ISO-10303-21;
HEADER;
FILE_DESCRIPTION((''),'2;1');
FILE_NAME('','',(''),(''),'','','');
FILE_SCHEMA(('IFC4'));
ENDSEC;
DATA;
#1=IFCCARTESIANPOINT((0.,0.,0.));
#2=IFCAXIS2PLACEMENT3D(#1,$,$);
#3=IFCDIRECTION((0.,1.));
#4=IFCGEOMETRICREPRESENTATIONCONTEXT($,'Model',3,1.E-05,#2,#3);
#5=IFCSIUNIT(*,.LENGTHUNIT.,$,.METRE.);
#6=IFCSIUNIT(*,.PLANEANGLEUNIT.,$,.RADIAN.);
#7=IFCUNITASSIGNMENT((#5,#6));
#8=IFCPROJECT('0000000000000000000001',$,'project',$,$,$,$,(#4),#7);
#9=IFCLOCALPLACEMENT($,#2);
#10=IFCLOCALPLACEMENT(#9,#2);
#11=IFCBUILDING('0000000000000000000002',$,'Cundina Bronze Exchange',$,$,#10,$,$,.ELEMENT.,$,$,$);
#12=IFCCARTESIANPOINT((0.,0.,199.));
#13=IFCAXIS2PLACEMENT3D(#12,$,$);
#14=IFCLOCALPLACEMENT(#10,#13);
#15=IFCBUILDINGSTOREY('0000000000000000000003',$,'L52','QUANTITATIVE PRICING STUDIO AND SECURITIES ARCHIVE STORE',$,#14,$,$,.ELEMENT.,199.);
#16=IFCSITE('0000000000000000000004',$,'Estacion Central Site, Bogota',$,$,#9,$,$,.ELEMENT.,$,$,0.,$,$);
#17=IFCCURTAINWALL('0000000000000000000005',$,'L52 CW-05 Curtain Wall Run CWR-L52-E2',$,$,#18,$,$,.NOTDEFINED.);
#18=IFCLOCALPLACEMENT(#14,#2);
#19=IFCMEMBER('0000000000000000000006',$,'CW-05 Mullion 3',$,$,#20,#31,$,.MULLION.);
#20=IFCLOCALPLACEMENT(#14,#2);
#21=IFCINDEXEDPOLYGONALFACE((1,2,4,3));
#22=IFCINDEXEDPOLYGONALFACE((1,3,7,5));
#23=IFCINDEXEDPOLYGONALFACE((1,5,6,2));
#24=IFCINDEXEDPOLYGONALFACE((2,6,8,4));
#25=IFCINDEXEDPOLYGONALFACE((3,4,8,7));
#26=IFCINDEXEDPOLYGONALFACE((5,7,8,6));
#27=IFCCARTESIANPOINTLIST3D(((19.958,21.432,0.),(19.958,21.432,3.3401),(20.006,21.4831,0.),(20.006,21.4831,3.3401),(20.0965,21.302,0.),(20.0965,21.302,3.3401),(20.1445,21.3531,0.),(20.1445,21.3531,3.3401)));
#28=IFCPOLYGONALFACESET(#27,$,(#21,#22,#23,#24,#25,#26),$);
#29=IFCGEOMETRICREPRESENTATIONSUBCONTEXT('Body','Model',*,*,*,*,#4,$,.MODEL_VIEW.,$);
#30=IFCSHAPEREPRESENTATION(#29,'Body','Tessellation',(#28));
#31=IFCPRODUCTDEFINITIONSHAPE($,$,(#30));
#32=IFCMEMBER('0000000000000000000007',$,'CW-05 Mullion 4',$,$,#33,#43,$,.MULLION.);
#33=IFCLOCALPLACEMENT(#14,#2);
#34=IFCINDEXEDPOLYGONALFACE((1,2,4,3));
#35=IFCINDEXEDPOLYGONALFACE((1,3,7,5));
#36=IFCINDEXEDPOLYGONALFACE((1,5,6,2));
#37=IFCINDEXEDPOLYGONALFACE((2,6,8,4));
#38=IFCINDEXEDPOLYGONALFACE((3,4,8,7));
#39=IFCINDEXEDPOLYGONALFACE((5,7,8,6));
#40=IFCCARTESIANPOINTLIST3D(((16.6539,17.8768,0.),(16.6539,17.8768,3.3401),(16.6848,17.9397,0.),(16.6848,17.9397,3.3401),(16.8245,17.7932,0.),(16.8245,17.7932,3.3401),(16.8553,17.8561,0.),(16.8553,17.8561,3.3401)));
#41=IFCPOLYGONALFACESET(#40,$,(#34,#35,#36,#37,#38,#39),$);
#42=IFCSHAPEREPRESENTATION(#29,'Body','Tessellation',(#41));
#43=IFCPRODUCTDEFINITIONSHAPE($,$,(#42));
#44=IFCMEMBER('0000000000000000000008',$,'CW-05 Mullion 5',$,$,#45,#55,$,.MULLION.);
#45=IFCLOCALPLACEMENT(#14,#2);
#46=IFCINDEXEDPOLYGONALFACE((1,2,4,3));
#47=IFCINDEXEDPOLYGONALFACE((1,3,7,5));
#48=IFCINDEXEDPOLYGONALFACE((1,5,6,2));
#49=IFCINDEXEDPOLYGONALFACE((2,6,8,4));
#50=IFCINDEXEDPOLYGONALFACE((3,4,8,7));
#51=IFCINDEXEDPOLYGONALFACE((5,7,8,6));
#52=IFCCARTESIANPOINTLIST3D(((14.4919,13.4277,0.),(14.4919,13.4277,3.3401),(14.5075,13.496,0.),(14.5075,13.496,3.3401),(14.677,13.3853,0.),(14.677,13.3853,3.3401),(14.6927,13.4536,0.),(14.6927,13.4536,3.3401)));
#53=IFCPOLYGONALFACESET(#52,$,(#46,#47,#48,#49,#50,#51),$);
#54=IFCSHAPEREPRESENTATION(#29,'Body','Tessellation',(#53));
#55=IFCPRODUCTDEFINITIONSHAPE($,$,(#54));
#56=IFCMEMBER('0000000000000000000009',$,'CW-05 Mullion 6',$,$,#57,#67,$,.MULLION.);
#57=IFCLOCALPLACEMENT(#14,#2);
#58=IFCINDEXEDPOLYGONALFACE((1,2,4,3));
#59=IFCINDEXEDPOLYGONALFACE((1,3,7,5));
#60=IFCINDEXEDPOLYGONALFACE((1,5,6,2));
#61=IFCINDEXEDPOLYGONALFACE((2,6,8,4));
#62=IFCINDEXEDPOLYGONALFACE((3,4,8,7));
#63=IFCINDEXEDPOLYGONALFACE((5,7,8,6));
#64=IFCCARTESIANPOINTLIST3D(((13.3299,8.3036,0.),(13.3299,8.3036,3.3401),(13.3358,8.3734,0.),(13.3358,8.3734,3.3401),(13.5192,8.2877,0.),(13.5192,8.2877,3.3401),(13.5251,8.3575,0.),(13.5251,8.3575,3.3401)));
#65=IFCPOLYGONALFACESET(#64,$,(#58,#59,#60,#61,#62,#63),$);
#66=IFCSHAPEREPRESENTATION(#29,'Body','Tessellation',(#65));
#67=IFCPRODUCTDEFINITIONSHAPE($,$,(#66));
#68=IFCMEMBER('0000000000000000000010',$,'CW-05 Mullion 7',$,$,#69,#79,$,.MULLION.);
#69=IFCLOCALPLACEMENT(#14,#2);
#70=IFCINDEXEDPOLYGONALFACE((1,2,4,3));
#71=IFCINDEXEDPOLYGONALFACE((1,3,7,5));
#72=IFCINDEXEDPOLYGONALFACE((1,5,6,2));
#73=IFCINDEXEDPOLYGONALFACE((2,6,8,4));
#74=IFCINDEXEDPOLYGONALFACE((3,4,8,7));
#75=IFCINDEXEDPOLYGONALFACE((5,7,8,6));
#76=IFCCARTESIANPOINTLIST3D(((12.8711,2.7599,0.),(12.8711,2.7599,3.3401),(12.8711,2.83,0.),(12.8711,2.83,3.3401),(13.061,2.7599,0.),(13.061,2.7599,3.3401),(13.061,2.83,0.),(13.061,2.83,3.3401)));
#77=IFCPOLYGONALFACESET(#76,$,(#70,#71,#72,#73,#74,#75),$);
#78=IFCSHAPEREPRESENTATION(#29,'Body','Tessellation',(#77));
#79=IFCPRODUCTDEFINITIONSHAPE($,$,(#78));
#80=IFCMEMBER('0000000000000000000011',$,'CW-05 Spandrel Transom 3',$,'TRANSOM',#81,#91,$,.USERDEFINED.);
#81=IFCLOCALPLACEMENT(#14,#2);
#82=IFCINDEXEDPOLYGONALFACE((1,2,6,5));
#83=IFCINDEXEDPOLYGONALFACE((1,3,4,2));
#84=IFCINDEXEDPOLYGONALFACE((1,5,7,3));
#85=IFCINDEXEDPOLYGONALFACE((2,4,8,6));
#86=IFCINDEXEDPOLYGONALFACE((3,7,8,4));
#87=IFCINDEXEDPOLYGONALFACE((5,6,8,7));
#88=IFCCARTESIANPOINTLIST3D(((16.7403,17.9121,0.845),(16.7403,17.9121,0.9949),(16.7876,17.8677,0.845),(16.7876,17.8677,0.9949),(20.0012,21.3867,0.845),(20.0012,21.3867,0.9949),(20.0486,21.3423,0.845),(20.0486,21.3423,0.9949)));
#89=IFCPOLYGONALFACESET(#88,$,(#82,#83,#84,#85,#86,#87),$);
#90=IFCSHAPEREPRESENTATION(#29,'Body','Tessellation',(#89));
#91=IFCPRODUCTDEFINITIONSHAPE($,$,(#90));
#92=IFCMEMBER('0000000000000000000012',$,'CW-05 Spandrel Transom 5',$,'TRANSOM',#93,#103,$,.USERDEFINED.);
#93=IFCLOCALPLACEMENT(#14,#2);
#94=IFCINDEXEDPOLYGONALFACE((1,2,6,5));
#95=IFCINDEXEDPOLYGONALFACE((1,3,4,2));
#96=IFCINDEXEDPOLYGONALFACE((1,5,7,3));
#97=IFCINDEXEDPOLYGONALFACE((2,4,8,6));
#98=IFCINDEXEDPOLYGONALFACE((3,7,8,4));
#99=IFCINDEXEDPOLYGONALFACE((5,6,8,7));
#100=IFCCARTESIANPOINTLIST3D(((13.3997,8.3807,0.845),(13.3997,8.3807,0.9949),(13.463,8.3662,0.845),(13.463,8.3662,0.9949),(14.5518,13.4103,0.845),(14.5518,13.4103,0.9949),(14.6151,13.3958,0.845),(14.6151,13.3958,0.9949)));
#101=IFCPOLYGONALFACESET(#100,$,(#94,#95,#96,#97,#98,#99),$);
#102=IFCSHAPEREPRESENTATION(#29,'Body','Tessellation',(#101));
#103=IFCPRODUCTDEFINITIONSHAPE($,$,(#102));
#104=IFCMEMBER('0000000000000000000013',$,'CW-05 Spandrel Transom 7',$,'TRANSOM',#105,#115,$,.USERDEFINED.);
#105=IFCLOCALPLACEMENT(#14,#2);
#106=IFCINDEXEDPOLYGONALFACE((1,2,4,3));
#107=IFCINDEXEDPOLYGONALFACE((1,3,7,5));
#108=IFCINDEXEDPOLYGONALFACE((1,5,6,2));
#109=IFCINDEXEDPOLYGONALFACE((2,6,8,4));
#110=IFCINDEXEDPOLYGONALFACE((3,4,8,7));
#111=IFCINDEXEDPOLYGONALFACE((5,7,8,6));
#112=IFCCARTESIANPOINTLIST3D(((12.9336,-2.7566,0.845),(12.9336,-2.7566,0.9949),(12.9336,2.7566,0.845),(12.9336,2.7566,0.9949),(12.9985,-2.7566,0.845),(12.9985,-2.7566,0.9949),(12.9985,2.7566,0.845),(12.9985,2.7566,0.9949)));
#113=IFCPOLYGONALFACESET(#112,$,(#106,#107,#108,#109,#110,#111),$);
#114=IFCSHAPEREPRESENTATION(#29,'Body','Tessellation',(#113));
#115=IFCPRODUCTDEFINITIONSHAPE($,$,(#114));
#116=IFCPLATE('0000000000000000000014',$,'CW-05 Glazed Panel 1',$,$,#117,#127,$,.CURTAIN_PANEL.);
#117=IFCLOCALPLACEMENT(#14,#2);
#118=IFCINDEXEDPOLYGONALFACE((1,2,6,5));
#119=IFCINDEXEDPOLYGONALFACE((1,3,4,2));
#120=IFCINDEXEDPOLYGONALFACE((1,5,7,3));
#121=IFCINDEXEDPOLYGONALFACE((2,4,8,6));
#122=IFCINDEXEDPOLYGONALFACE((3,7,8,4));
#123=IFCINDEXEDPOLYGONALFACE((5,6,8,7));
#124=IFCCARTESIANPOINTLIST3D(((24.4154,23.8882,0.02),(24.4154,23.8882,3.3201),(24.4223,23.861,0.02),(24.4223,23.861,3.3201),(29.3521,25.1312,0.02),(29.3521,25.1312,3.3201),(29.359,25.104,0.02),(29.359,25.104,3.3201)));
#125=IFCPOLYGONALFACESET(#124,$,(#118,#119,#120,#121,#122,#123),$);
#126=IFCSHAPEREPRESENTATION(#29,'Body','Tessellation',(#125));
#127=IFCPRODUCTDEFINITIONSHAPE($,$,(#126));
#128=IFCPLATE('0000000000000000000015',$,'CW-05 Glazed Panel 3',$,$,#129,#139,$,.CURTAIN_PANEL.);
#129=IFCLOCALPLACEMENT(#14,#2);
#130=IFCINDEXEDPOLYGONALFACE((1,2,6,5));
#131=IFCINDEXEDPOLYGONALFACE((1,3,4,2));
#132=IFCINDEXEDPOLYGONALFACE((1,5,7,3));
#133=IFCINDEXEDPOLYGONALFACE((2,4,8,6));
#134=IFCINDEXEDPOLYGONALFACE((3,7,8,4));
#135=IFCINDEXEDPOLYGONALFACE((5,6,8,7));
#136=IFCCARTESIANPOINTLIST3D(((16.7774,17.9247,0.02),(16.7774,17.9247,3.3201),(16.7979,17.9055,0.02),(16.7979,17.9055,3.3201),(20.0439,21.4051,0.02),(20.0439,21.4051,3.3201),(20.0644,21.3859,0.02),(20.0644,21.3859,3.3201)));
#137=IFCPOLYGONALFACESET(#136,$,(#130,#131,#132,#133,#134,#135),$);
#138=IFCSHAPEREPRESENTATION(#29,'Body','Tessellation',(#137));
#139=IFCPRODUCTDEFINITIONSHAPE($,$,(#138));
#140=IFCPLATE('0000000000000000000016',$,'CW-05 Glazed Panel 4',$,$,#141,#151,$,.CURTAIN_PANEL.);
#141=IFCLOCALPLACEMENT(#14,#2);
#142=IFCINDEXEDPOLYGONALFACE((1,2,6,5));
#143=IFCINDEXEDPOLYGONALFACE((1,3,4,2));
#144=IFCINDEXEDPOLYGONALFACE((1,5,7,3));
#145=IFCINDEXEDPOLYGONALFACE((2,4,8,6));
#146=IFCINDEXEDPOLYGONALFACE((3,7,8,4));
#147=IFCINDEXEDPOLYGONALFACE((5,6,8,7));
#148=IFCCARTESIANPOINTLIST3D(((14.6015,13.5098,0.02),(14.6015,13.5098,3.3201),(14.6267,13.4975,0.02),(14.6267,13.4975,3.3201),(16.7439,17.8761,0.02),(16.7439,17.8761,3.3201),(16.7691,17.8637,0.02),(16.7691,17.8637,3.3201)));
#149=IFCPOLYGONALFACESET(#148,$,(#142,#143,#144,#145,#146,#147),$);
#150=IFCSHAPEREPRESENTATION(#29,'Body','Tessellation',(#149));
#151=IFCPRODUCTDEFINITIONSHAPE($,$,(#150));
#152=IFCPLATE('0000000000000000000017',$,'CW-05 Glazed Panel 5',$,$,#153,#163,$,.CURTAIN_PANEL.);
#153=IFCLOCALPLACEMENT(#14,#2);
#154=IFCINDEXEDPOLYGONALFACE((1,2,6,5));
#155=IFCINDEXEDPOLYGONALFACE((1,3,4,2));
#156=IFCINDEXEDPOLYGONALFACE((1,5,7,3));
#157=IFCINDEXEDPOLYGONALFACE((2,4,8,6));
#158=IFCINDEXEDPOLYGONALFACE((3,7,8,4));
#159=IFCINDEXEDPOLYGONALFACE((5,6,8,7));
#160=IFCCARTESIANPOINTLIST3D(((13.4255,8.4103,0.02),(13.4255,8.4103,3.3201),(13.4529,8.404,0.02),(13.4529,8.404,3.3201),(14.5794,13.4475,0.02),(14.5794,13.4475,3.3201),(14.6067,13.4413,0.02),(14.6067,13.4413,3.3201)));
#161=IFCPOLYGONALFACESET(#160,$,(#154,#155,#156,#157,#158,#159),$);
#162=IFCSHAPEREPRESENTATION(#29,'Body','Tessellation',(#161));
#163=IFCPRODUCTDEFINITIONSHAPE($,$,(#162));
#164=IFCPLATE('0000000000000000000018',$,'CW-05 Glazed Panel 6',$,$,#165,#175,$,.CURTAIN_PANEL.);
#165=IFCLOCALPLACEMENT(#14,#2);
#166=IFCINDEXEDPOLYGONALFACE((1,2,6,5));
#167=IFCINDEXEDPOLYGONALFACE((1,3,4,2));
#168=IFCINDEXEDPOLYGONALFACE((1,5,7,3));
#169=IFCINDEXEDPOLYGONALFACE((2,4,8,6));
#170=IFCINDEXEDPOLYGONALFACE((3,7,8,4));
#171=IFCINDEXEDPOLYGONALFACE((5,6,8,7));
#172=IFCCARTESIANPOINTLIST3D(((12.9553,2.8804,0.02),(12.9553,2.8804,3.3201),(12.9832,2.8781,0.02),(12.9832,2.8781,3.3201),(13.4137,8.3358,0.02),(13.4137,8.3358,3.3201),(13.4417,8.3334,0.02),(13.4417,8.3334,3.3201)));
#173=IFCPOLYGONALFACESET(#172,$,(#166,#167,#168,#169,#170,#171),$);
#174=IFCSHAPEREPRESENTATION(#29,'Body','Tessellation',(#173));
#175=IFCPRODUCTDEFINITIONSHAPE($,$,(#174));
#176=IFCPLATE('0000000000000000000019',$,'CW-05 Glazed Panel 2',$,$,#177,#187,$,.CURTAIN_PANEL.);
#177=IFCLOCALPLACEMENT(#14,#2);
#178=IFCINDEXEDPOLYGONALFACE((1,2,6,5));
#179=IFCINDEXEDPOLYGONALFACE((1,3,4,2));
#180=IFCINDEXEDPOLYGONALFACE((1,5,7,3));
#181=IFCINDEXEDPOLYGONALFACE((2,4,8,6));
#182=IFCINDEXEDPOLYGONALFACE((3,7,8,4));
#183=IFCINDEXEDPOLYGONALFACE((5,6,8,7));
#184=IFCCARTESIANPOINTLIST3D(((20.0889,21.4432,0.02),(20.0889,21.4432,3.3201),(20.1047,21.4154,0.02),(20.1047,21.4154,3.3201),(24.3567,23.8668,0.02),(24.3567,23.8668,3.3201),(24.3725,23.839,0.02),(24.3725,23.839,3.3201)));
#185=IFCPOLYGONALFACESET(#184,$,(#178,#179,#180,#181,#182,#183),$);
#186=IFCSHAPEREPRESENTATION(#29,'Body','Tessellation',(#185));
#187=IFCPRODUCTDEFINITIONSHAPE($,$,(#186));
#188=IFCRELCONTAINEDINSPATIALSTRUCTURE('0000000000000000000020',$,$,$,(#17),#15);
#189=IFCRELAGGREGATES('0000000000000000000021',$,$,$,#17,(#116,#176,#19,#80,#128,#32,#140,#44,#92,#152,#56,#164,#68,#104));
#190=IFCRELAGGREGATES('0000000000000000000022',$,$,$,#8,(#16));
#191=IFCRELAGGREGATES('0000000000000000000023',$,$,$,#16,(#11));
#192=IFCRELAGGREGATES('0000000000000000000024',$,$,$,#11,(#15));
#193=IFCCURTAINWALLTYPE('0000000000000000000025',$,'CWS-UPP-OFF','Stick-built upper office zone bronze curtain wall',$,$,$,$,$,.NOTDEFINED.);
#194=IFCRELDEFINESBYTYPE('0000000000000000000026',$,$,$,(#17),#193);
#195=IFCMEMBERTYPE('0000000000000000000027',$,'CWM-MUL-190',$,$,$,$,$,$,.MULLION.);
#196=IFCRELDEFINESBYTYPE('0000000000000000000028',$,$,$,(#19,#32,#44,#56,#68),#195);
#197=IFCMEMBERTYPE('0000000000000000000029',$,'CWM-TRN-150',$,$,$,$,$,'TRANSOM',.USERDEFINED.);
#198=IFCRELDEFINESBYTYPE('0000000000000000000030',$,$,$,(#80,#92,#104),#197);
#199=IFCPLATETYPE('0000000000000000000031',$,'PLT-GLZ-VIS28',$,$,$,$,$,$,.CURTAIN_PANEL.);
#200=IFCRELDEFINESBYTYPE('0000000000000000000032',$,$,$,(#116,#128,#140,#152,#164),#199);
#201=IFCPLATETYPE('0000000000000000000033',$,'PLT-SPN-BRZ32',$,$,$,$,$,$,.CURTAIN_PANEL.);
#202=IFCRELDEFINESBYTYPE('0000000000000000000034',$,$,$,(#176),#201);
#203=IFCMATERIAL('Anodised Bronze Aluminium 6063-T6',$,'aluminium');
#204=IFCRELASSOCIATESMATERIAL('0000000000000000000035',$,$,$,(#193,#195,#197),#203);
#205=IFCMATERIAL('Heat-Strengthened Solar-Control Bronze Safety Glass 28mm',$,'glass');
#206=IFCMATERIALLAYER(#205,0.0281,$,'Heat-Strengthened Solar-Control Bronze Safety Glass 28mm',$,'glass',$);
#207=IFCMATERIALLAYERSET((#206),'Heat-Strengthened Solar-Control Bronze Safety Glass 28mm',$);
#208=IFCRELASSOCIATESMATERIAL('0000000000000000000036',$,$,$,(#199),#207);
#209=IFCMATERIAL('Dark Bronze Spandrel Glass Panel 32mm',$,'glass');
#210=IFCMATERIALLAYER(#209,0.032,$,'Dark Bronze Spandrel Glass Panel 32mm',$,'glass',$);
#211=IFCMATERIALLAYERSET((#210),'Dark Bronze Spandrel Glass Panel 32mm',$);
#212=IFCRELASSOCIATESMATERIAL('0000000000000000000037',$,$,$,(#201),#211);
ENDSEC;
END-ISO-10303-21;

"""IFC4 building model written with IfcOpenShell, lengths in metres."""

from ifc_helpers import new_model, si_unit, direction, frame, origin, origin_2d, place, context, subcontext, project, spatial, rectangle, extrude, material, layer, layer_set, material_profile, profile_set, type_object, element, aggregate, save


model = new_model("IFC4")

# Units and contexts
model_context = context("Model", 3, precision=1e-05, world=origin(), true_north=direction((0.0, 1.0)))
body_context = subcontext(model_context, "Body", "Model", "MODEL_VIEW")
ifc_project = project(units=[si_unit("LENGTHUNIT", "METRE"), si_unit("PLANEANGLEUNIT", "RADIAN")], contexts=[model_context])

# Site, building, storey
site_placement = place(None, origin())
site = spatial("IfcSite", under=ifc_project, at=site_placement, Name="Estacion Central Site, Bogota", CompositionType="ELEMENT", RefElevation=0.0)
building_placement = place(site_placement, origin())
building = spatial("IfcBuilding", under=site, at=building_placement, Name="Cundina Bronze Exchange", CompositionType="ELEMENT")
storey_placement = place(building_placement, frame((0.0, 0.0, 199.0)))
storey = spatial("IfcBuildingStorey", under=building, at=storey_placement, Name="L52", Description="QUANTITATIVE PRICING STUDIO AND SECURITIES ARCHIVE STORE", CompositionType="ELEMENT", Elevation=199.0)

# Curtain wall, members, plates
ifc_material_1 = material(Name="Anodised Bronze Aluminium 6063-T6", Category="aluminium")
curtain_wall_type = type_object("IfcCurtainWallType", Name="CWS-UPP-OFF", Description="Stick-built upper office zone bronze curtain wall", PredefinedType="NOTDEFINED", material=ifc_material_1)
curtain_wall_placement = place(storey_placement, origin())
curtain_wall = element("IfcCurtainWall", 1, at=curtain_wall_placement, inside=storey, type_object=curtain_wall_type, Name="L52 CW-05 Curtain Wall Run CWR-L52-E2", PredefinedType="NOTDEFINED")
ifc_material_profile_1 = material_profile(ifc_material_1, rectangle(XDim=0.0701, YDim=0.1899, at=origin_2d()), Name="AL70X190", Category="aluminium")
ifc_profile_set_1 = profile_set([ifc_material_profile_1], Name="Anodised Bronze Aluminium 6063-T6")
member_type_1 = type_object("IfcMemberType", Name="CWM-MUL-190", PredefinedType="MULLION", material=ifc_profile_set_1)
member_1_placement = place(storey_placement, frame((20.0513, 21.3926, 0.0), z_axis=(0.0, 0.0, 1.0), x_axis=(-0.684293, -0.729208, 0.0)))
member_1 = element("IfcMember", 2, at=member_1_placement, type_object=member_type_1, Name="CW-05 Mullion 3", PredefinedType="MULLION", context=body_context, shape_type="SweptSolid", body=[
    extrude(rectangle(XDim=0.0701, YDim=0.1899, at=origin_2d()), origin(), (0.0, 0.0, 1.0), 3.3401),
])
member_2_placement = place(storey_placement, frame((16.7546, 17.8665, 0.0), z_axis=(0.0, 0.0, 1.0), x_axis=(-0.440566, -0.89772, 0.0)))
member_2 = element("IfcMember", 3, at=member_2_placement, type_object=member_type_1, Name="CW-05 Mullion 4", PredefinedType="MULLION", context=body_context, shape_type="SweptSolid", body=[
    extrude(rectangle(XDim=0.0701, YDim=0.1899, at=origin_2d()), origin(), (0.0, 0.0, 1.0), 3.3401),
])
member_3_placement = place(storey_placement, frame((14.5923, 13.4407, 0.0), z_axis=(0.0, 0.0, 1.0), x_axis=(-0.22325, -0.974761, 0.0)))
member_3 = element("IfcMember", 4, at=member_3_placement, type_object=member_type_1, Name="CW-05 Mullion 5", PredefinedType="MULLION", context=body_context, shape_type="SweptSolid", body=[
    extrude(rectangle(XDim=0.0701, YDim=0.1899, at=origin_2d()), origin(), (0.0, 0.0, 1.0), 3.3401),
])
member_4_placement = place(storey_placement, frame((13.4275, 8.3306, 0.0), z_axis=(0.0, 0.0, 1.0), x_axis=(-0.083678, -0.996493, 0.0)))
member_4 = element("IfcMember", 5, at=member_4_placement, type_object=member_type_1, Name="CW-05 Mullion 6", PredefinedType="MULLION", context=body_context, shape_type="SweptSolid", body=[
    extrude(rectangle(XDim=0.0701, YDim=0.1899, at=origin_2d()), origin(), (0.0, 0.0, 1.0), 3.3401),
])
member_5_placement = place(storey_placement, frame((12.9661, 2.7949, 0.0), z_axis=(0.0, 0.0, 1.0), x_axis=(0.0, -1.0, 0.0)))
member_5 = element("IfcMember", 6, at=member_5_placement, type_object=member_type_1, Name="CW-05 Mullion 7", PredefinedType="MULLION", context=body_context, shape_type="SweptSolid", body=[
    extrude(rectangle(XDim=0.0701, YDim=0.1899, at=origin_2d()), origin(), (0.0, 0.0, 1.0), 3.3401),
])
ifc_material_profile_2 = material_profile(ifc_material_1, rectangle(XDim=0.0649, YDim=0.1499, at=origin_2d()), Name="AL65X150", Category="aluminium")
ifc_profile_set_2 = profile_set([ifc_material_profile_2], Name="Anodised Bronze Aluminium 6063-T6")
member_type_2 = type_object("IfcMemberType", Name="CWM-TRN-150", ElementType="TRANSOM", PredefinedType="USERDEFINED", material=ifc_profile_set_2)
member_6_placement = place(storey_placement, frame((20.0249, 21.3645, 0.9199), z_axis=(-0.684336, -0.729166, 0.0), x_axis=(0.729166, -0.684336, 0.0)))
member_6 = element("IfcMember", 7, at=member_6_placement, type_object=member_type_2, Name="CW-05 Spandrel Transom 3", ObjectType="TRANSOM", PredefinedType="USERDEFINED", context=body_context, shape_type="SweptSolid", body=[
    extrude(rectangle(XDim=0.0649, YDim=0.1499, at=origin_2d()), origin(), (0.0, 0.0, 1.0), 4.7651),
])
member_7_placement = place(storey_placement, frame((14.5835, 13.4031, 0.9199), z_axis=(-0.223283, -0.974754, 0.0), x_axis=(0.974754, -0.223283, 0.0)))
member_7 = element("IfcMember", 8, at=member_7_placement, type_object=member_type_2, Name="CW-05 Spandrel Transom 5", ObjectType="TRANSOM", PredefinedType="USERDEFINED", context=body_context, shape_type="SweptSolid", body=[
    extrude(rectangle(XDim=0.0649, YDim=0.1499, at=origin_2d()), origin(), (0.0, 0.0, 1.0), 5.1599),
])
member_8_placement = place(storey_placement, frame((12.9661, 2.7566, 0.9199), z_axis=(0.0, -1.0, 0.0), x_axis=(1.0, 0.0, 0.0)))
member_8 = element("IfcMember", 9, at=member_8_placement, type_object=member_type_2, Name="CW-05 Spandrel Transom 7", ObjectType="TRANSOM", PredefinedType="USERDEFINED", context=body_context, shape_type="SweptSolid", body=[
    extrude(rectangle(XDim=0.0649, YDim=0.1499, at=origin_2d()), origin(), (0.0, 0.0, 1.0), 5.5132),
])
ifc_material_2 = material(Name="Heat-Strengthened Solar-Control Bronze Safety Glass 28mm", Category="glass")
ifc_layer_1 = layer(ifc_material_2, 0.0281, Name="Heat-Strengthened Solar-Control Bronze Safety Glass 28mm", Category="glass")
ifc_layer_set_1 = layer_set([ifc_layer_1], Name="Heat-Strengthened Solar-Control Bronze Safety Glass 28mm")
plate_type_1 = type_object("IfcPlateType", Name="PLT-GLZ-VIS28", PredefinedType="CURTAIN_PANEL", material=ifc_layer_set_1)
plate_1_placement = place(storey_placement, frame((26.8872, 24.4961, 0.02), z_axis=(0.0, 0.0, 1.0), x_axis=(-0.969732, -0.244174, 0.0)))
plate_1 = element("IfcPlate", 10, at=plate_1_placement, type_object=plate_type_1, Name="CW-05 Glazed Panel 1", PredefinedType="CURTAIN_PANEL", context=body_context, shape_type="SweptSolid", body=[
    extrude(rectangle(XDim=5.0908, YDim=0.0281, at=origin_2d()), origin(), (0.0, 0.0, 1.0), 3.3),
])
plate_2_placement = place(storey_placement, frame((18.4209, 19.6553, 0.02), z_axis=(0.0, 0.0, 1.0), x_axis=(-0.684344, -0.72916, 0.0)))
plate_2 = element("IfcPlate", 11, at=plate_2_placement, type_object=plate_type_1, Name="CW-05 Glazed Panel 3", PredefinedType="CURTAIN_PANEL", context=body_context, shape_type="SweptSolid", body=[
    extrude(rectangle(XDim=4.7732, YDim=0.0281, at=origin_2d()), origin(), (0.0, 0.0, 1.0), 3.3),
])
plate_3_placement = place(storey_placement, frame((15.6853, 15.6868, 0.02), z_axis=(0.0, 0.0, 1.0), x_axis=(-0.440503, -0.897751, 0.0)))
plate_3 = element("IfcPlate", 12, at=plate_3_placement, type_object=plate_type_1, Name="CW-05 Glazed Panel 4", PredefinedType="CURTAIN_PANEL", context=body_context, shape_type="SweptSolid", body=[
    extrude(rectangle(XDim=4.8635, YDim=0.0281, at=origin_2d()), origin(), (0.0, 0.0, 1.0), 3.3),
])
plate_4_placement = place(storey_placement, frame((14.0161, 10.9258, 0.02), z_axis=(0.0, 0.0, 1.0), x_axis=(-0.223284, -0.974753, 0.0)))
plate_4 = element("IfcPlate", 13, at=plate_4_placement, type_object=plate_type_1, Name="CW-05 Glazed Panel 5", PredefinedType="CURTAIN_PANEL", context=body_context, shape_type="SweptSolid", body=[
    extrude(rectangle(XDim=5.1677, YDim=0.0281, at=origin_2d()), origin(), (0.0, 0.0, 1.0), 3.3),
])
plate_5_placement = place(storey_placement, frame((13.1985, 5.6069, 0.02), z_axis=(0.0, 0.0, 1.0), x_axis=(-0.083747, -0.996487, 0.0)))
plate_5 = element("IfcPlate", 14, at=plate_5_placement, type_object=plate_type_1, Name="CW-05 Glazed Panel 6", PredefinedType="CURTAIN_PANEL", context=body_context, shape_type="SweptSolid", body=[
    extrude(rectangle(XDim=5.4746, YDim=0.0281, at=origin_2d()), origin(), (0.0, 0.0, 1.0), 3.3),
])
ifc_material_3 = material(Name="Dark Bronze Spandrel Glass Panel 32mm", Category="glass")
ifc_layer_2 = layer(ifc_material_3, 0.032, Name="Dark Bronze Spandrel Glass Panel 32mm", Category="glass")
ifc_layer_set_2 = layer_set([ifc_layer_2], Name="Dark Bronze Spandrel Glass Panel 32mm")
plate_type_2 = type_object("IfcPlateType", Name="PLT-SPN-BRZ32", PredefinedType="CURTAIN_PANEL", material=ifc_layer_set_2)
plate_6_placement = place(storey_placement, frame((22.2307, 22.6411, 0.02), z_axis=(0.0, 0.0, 1.0), x_axis=(-0.869573, -0.493805, 0.0)))
plate_6 = element("IfcPlate", 15, at=plate_6_placement, type_object=plate_type_2, Name="CW-05 Glazed Panel 2", PredefinedType="CURTAIN_PANEL", context=body_context, shape_type="SweptSolid", body=[
    extrude(rectangle(XDim=4.908, YDim=0.032, at=origin_2d()), origin(), (0.0, 0.0, 1.0), 3.3),
])
aggregate(curtain_wall, [plate_1, plate_6, member_1, member_6, plate_2, member_2, plate_3, member_3, member_7, plate_4, member_4, plate_5, member_5, member_8])

save(model, "model.ifc")
